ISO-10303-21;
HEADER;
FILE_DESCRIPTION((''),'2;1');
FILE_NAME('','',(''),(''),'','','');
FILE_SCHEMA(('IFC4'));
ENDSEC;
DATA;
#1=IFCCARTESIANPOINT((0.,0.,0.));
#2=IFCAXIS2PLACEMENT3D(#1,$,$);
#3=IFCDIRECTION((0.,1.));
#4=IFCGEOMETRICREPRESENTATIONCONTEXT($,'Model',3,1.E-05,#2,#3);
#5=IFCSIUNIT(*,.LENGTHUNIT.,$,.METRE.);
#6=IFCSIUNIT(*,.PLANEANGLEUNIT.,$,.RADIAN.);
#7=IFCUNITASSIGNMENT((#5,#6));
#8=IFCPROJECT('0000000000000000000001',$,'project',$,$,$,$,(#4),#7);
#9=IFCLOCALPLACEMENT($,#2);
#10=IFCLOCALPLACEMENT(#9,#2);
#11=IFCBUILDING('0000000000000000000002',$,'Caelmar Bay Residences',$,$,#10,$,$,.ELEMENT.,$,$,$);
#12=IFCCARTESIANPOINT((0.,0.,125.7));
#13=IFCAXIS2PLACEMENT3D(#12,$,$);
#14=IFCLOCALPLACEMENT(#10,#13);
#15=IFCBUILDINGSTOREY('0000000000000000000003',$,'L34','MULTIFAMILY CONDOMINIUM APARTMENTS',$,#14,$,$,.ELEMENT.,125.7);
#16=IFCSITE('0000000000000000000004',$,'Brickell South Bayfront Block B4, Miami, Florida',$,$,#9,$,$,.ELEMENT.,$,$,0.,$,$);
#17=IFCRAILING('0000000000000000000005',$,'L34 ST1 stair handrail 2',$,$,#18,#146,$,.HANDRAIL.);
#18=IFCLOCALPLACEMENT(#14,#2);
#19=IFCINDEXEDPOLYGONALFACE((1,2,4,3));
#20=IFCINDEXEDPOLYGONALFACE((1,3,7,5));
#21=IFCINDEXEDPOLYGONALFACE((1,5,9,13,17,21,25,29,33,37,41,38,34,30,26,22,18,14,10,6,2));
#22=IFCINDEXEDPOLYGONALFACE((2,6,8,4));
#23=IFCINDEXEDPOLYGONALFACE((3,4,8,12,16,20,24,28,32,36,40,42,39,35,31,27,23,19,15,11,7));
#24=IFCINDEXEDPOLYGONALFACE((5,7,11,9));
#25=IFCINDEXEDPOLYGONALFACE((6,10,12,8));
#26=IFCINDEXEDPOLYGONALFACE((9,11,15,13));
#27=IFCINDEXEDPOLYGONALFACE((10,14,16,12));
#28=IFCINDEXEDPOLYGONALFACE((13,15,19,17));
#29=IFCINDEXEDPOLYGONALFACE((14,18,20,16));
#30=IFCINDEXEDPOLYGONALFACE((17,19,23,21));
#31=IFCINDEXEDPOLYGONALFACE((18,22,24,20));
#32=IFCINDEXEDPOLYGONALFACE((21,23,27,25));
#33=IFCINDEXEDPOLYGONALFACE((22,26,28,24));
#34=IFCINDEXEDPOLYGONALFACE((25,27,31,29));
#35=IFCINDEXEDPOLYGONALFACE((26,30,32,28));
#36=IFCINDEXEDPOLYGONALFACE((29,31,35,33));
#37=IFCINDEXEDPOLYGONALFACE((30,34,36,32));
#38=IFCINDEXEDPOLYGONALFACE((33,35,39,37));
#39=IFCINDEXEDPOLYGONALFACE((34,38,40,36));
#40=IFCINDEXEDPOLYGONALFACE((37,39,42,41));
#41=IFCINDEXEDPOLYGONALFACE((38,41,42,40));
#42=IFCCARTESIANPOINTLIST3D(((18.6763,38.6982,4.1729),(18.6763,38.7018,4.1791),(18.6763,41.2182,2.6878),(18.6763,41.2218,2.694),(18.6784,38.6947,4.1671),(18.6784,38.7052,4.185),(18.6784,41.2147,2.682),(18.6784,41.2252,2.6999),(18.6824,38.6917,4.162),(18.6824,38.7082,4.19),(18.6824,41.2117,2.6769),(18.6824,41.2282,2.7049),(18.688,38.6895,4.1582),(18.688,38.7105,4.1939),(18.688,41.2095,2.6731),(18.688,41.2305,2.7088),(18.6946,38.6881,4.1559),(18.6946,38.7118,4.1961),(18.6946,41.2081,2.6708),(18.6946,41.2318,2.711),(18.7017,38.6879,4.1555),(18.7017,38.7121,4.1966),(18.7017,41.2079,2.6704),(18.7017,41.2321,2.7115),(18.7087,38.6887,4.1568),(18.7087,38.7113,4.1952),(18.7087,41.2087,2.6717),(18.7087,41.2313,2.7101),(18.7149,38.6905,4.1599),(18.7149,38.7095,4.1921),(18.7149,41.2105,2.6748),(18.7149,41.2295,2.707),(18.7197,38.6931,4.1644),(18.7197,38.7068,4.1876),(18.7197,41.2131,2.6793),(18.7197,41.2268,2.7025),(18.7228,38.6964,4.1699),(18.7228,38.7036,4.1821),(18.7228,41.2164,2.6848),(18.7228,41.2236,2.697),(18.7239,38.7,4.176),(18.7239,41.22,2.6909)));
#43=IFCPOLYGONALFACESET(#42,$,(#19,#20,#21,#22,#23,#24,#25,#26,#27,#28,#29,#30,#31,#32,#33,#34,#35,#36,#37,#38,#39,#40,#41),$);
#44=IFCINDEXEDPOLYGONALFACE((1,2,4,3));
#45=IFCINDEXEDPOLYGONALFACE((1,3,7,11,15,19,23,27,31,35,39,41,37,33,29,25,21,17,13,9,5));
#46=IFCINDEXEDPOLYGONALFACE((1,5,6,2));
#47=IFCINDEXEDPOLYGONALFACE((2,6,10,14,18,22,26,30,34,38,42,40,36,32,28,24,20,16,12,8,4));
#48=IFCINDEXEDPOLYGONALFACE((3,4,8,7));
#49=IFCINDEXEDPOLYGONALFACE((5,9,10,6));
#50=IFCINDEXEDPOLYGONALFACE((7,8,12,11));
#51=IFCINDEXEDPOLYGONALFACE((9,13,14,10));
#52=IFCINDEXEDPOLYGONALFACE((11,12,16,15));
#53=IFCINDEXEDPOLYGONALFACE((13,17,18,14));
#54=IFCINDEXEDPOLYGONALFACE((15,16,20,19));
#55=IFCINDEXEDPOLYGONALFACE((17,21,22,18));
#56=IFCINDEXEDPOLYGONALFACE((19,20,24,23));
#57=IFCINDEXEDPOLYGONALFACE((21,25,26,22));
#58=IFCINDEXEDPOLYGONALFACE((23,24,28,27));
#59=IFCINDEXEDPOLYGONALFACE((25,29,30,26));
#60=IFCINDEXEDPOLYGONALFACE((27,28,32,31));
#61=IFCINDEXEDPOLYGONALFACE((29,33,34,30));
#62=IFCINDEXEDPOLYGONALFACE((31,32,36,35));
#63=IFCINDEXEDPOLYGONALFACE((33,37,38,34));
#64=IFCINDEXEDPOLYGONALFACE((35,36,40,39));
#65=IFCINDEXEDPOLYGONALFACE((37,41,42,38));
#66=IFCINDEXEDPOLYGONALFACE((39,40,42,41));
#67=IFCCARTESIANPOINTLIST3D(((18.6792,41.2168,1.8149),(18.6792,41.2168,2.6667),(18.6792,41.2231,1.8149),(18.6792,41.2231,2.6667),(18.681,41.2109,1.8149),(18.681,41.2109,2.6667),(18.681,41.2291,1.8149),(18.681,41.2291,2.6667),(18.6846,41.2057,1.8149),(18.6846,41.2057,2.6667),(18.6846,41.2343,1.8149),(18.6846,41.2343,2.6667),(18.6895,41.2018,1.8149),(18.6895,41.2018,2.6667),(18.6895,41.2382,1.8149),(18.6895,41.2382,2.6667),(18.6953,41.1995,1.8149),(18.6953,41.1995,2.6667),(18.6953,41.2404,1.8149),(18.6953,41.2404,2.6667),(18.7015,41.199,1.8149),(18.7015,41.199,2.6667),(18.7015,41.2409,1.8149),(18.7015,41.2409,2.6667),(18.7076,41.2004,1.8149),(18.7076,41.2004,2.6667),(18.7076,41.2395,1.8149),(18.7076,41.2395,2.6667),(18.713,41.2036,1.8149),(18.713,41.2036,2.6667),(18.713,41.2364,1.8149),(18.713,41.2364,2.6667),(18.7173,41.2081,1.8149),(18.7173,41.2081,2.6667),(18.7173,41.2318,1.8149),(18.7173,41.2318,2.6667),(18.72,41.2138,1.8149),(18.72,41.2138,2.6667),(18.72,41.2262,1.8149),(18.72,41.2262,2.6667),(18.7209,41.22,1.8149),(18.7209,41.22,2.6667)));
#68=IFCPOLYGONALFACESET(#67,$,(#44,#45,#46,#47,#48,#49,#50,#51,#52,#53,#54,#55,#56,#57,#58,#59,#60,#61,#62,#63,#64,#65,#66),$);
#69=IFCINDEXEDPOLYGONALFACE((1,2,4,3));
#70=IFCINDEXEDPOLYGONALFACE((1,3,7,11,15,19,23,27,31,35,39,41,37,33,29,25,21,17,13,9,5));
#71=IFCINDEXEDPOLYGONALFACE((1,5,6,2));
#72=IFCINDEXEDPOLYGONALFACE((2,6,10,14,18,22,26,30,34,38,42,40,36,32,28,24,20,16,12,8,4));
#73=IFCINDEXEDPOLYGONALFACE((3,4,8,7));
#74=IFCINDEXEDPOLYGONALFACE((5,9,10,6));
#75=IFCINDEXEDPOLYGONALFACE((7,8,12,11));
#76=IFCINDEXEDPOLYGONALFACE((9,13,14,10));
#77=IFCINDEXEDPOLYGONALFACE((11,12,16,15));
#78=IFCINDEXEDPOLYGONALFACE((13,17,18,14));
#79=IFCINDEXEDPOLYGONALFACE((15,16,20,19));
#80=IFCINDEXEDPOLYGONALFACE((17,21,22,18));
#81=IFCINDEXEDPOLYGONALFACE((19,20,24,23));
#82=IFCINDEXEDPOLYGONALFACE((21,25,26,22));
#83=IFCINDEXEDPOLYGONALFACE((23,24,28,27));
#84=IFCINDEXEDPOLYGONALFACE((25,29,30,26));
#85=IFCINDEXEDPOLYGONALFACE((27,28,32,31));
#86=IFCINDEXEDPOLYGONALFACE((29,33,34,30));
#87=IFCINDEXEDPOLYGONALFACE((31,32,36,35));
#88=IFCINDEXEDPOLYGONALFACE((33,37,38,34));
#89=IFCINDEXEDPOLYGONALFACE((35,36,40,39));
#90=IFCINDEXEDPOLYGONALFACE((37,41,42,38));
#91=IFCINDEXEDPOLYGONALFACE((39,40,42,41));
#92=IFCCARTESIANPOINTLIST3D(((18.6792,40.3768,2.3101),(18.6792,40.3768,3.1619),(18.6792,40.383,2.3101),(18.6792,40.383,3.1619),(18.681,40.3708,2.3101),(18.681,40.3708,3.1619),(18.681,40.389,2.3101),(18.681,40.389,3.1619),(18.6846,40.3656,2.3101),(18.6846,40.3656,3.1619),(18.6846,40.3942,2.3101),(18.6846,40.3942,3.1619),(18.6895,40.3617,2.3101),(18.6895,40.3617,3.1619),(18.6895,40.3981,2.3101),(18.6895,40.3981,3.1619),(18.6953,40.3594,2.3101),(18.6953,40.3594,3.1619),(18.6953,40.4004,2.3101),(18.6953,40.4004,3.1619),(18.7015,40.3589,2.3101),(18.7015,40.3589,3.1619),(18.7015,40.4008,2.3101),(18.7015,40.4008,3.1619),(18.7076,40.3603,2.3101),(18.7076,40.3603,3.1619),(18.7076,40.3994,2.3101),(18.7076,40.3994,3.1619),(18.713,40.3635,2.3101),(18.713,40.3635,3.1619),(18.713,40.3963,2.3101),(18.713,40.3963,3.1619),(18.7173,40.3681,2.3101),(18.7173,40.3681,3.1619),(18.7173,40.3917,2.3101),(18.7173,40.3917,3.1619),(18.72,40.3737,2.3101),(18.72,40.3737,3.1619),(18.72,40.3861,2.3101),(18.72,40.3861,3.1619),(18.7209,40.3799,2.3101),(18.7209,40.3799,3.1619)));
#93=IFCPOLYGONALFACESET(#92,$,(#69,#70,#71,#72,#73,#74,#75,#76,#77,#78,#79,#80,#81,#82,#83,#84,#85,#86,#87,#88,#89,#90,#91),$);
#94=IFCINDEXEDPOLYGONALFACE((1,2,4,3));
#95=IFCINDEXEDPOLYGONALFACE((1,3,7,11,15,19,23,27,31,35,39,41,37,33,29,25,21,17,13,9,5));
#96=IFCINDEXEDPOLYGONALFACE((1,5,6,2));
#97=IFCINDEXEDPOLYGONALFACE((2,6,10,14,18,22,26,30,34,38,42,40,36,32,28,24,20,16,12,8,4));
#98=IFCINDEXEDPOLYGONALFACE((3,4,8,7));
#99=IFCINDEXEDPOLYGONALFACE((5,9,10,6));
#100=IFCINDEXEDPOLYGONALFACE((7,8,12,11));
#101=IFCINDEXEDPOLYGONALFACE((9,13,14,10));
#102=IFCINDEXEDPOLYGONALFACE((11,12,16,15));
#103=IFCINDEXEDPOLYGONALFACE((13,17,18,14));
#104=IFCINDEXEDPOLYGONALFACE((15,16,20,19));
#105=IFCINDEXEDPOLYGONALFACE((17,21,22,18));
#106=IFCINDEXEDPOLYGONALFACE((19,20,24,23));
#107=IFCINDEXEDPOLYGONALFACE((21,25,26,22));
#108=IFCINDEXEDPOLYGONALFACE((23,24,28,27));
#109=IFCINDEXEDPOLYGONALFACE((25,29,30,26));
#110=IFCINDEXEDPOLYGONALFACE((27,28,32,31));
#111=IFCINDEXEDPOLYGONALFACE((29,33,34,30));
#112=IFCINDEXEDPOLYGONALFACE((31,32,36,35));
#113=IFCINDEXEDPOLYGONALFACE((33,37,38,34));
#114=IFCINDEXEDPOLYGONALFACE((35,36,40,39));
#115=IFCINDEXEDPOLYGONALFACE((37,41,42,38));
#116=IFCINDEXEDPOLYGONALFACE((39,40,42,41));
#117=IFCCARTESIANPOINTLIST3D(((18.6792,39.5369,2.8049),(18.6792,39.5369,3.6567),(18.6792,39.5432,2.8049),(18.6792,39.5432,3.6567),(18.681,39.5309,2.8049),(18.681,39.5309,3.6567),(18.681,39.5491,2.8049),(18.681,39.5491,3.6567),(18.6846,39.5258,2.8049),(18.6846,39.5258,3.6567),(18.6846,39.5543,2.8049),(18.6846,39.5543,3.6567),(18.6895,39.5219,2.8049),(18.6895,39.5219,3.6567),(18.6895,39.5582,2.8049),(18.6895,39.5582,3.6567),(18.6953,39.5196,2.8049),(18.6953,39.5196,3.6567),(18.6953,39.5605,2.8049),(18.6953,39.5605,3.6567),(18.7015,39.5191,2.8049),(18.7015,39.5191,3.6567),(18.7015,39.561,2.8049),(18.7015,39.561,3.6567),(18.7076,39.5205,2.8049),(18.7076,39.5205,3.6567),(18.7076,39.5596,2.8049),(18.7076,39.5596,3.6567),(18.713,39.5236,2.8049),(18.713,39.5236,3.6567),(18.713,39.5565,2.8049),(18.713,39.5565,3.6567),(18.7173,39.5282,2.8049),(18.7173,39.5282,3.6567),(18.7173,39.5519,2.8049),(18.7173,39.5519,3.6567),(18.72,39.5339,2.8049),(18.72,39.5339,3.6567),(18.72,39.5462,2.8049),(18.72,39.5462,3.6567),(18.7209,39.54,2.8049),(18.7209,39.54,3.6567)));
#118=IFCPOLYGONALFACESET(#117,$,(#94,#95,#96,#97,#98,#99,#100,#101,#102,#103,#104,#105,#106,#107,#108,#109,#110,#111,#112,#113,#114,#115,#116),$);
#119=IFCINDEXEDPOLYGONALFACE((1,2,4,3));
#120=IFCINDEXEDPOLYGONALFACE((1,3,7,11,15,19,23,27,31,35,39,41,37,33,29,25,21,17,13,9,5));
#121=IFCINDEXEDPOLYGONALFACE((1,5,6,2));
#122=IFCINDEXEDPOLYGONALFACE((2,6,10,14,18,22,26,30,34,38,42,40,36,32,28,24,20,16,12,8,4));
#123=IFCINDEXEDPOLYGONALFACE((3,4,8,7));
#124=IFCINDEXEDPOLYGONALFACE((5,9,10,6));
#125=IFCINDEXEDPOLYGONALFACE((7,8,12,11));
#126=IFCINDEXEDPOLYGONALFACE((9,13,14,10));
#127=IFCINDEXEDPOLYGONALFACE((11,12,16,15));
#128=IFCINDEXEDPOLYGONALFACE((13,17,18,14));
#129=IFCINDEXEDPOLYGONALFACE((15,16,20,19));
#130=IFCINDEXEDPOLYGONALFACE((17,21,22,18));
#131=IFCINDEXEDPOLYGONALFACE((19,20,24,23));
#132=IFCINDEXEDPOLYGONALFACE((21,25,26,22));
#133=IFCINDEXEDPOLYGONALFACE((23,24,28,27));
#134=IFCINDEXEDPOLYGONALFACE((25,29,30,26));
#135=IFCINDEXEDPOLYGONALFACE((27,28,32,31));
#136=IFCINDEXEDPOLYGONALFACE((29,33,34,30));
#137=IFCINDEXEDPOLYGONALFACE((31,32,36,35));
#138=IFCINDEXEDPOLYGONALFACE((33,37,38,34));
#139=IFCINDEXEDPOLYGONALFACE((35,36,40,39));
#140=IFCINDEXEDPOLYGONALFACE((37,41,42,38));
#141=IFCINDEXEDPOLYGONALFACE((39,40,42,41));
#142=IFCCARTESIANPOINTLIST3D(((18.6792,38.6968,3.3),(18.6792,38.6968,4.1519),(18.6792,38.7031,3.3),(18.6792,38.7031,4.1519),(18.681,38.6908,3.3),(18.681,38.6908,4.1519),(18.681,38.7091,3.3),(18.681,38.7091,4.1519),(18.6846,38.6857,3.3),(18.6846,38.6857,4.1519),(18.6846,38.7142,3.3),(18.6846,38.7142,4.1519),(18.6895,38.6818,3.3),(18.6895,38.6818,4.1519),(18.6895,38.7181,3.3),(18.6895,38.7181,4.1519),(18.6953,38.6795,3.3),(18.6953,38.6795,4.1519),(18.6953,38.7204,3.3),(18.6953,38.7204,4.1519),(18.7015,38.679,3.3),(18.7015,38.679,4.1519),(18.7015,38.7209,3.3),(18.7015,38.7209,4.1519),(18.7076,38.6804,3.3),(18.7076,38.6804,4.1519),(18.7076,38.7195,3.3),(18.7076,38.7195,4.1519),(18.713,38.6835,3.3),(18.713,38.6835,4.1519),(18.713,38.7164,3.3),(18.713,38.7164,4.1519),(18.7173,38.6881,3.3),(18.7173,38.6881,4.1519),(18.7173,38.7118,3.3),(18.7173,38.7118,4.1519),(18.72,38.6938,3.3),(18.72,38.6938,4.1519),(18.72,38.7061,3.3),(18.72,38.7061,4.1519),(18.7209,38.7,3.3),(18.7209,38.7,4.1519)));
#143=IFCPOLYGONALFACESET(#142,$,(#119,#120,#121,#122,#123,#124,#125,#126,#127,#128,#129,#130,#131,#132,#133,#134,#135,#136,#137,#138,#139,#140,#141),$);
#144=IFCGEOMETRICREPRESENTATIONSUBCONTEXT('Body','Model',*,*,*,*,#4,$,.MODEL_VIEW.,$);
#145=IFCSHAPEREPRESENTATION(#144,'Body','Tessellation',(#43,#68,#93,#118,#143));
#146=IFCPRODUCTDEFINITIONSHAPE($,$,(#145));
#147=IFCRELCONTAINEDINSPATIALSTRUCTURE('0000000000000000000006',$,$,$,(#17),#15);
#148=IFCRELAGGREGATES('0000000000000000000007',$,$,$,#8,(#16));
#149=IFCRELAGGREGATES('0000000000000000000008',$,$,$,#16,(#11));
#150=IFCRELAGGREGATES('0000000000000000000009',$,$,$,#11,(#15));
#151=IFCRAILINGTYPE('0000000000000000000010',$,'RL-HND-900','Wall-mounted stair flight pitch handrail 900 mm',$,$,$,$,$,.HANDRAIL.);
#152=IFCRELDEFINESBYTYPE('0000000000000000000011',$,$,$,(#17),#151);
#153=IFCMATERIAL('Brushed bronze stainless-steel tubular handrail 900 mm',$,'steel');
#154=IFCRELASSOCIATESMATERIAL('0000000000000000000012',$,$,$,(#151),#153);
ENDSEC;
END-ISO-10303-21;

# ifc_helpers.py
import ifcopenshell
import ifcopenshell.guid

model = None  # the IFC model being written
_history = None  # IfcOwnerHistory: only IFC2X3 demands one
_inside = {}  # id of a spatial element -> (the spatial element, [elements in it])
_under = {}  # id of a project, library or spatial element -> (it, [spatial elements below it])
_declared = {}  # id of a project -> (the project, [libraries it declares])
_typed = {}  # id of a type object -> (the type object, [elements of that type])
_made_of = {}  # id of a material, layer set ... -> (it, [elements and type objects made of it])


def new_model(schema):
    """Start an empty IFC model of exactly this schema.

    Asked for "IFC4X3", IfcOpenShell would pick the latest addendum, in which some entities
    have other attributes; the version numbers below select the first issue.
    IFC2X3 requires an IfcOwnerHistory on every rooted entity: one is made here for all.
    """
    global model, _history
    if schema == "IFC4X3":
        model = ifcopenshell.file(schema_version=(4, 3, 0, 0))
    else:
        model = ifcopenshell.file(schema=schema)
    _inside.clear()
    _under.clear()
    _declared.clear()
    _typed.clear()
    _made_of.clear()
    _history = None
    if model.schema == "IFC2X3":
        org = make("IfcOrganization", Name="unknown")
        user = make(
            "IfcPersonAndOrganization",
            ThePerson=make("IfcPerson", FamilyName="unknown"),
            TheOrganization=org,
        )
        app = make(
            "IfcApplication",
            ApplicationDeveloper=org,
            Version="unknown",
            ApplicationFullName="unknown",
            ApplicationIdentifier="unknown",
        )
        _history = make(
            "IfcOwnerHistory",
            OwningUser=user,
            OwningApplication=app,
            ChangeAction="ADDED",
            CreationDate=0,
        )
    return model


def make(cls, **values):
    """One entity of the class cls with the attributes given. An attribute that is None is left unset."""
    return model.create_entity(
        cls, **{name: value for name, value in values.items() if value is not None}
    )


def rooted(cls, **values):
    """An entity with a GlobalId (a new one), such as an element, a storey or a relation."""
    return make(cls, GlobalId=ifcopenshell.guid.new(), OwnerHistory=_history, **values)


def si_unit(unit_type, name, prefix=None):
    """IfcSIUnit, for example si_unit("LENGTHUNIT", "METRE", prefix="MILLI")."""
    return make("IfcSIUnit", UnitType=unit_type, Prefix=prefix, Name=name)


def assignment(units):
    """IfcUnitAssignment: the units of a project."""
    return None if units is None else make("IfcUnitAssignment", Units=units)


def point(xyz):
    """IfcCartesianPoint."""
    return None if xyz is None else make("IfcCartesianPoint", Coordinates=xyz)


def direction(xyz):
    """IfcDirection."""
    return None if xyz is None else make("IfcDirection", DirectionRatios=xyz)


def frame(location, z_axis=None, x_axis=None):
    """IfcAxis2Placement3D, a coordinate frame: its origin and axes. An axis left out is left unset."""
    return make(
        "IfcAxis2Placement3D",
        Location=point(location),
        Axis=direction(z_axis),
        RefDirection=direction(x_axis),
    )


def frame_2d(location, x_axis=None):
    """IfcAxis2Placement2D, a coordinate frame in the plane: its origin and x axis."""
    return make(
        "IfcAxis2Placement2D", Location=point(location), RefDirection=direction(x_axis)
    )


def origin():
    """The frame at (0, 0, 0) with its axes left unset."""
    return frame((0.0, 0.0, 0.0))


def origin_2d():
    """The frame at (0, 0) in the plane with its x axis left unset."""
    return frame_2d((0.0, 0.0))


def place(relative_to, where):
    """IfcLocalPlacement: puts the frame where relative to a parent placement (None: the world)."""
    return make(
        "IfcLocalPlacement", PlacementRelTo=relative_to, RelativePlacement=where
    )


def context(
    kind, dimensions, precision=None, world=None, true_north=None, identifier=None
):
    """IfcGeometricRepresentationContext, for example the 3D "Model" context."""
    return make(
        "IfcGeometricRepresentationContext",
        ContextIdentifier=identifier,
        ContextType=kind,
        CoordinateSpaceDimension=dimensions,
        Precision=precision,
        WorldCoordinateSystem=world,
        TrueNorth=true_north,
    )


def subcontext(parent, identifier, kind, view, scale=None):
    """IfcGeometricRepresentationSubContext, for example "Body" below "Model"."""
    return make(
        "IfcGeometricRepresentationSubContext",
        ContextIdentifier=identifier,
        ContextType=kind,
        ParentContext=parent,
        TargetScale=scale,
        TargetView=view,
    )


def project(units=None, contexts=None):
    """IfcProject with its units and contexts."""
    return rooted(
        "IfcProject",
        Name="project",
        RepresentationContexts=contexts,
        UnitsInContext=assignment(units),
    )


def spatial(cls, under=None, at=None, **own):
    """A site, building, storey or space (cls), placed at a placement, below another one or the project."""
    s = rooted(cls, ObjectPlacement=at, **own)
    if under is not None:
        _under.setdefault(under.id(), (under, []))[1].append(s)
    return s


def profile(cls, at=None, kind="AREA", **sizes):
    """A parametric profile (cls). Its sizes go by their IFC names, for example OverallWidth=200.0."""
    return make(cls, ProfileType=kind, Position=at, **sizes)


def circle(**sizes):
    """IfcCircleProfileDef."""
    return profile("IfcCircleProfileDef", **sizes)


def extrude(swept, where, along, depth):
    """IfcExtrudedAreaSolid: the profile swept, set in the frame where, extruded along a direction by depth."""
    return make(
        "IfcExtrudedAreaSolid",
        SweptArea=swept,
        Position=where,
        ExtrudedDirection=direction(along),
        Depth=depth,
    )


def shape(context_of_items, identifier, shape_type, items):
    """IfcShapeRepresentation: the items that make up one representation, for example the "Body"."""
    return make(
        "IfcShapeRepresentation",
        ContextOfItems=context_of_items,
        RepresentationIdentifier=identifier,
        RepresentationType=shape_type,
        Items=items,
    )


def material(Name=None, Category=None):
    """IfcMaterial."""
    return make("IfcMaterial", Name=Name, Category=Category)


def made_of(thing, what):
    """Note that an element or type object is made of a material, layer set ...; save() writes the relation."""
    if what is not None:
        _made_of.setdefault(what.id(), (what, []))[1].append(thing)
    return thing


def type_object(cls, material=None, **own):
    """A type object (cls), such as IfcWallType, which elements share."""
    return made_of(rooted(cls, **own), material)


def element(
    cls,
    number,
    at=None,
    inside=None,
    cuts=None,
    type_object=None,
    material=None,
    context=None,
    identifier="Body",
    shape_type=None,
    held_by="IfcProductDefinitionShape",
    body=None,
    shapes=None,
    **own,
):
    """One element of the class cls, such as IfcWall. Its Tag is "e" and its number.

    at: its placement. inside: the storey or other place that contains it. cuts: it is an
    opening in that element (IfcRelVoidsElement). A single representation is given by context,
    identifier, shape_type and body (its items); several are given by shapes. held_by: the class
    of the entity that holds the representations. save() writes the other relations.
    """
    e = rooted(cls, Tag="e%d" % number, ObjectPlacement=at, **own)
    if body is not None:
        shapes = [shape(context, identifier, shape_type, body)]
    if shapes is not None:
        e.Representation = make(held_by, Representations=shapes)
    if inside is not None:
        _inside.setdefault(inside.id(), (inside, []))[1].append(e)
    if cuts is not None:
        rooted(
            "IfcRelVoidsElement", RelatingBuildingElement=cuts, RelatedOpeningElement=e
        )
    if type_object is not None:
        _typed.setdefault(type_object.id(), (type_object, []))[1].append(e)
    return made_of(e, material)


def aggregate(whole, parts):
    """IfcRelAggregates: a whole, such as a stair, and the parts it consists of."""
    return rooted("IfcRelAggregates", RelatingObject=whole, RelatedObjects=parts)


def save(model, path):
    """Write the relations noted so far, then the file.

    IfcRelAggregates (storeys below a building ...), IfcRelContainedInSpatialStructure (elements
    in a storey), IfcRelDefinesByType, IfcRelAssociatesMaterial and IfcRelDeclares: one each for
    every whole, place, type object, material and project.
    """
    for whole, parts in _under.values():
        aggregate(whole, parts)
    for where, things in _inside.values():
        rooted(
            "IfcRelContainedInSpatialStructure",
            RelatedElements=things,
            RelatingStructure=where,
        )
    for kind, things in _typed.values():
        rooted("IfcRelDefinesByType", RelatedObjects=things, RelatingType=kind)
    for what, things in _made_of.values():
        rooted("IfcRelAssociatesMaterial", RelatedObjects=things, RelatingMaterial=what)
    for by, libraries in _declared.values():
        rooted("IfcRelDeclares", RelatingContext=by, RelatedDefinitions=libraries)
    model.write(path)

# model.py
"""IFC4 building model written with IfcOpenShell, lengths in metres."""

from ifc_helpers import new_model, si_unit, direction, frame, origin, origin_2d, place, context, subcontext, project, spatial, circle, extrude, material, type_object, element, save


model = new_model("IFC4")

# Units and contexts
model_context = context("Model", 3, precision=1e-05, world=origin(), true_north=direction((0.0, 1.0)))
body_context = subcontext(model_context, "Body", "Model", "MODEL_VIEW")
ifc_project = project(units=[si_unit("LENGTHUNIT", "METRE"), si_unit("PLANEANGLEUNIT", "RADIAN")], contexts=[model_context])

# Site, building, storey
site_placement = place(None, origin())
site = spatial("IfcSite", under=ifc_project, at=site_placement, Name="Brickell South Bayfront Block B4, Miami, Florida", CompositionType="ELEMENT", RefElevation=0.0)
building_placement = place(site_placement, origin())
building = spatial("IfcBuilding", under=site, at=building_placement, Name="Caelmar Bay Residences", CompositionType="ELEMENT")
storey_placement = place(building_placement, frame((0.0, 0.0, 125.7)))
storey = spatial("IfcBuildingStorey", under=building, at=storey_placement, Name="L34", Description="MULTIFAMILY CONDOMINIUM APARTMENTS", CompositionType="ELEMENT", Elevation=125.7)

# Railing
ifc_material_1 = material(Name="Brushed bronze stainless-steel tubular handrail 900 mm", Category="steel")
railing_type_1 = type_object("IfcRailingType", Name="RL-HND-900", Description="Wall-mounted stair flight pitch handrail 900 mm", PredefinedType="HANDRAIL", material=ifc_material_1)
railing_1_placement = place(storey_placement, frame((18.7, 41.22, 1.8149)))
element("IfcRailing", 1, at=railing_1_placement, inside=storey, type_object=railing_type_1, Name="L34 ST1 stair handrail 2", PredefinedType="HANDRAIL", context=body_context, shape_type="SweptSolid", body=[
    extrude(circle(Radius=0.0239, at=origin_2d()), frame((0.0, 0.0, 0.876), z_axis=(0.0, -0.861524, 0.507717), x_axis=(1.0, 0.0, 0.0)), (0.0, 0.0, 1.0), 2.925),
    extrude(circle(Radius=0.021, at=origin_2d()), origin(), (0.0, 0.0, 1.0), 0.8518),
    extrude(circle(Radius=0.021, at=origin_2d()), frame((0.0, -0.8401, 0.4951)), (0.0, 0.0, 1.0), 0.8518),
    extrude(circle(Radius=0.021, at=origin_2d()), frame((0.0, -1.6799, 0.99)), (0.0, 0.0, 1.0), 0.8518),
    extrude(circle(Radius=0.021, at=origin_2d()), frame((0.0, -2.52, 1.4851)), (0.0, 0.0, 1.0), 0.8518),
])

save(model, "model.ifc")
